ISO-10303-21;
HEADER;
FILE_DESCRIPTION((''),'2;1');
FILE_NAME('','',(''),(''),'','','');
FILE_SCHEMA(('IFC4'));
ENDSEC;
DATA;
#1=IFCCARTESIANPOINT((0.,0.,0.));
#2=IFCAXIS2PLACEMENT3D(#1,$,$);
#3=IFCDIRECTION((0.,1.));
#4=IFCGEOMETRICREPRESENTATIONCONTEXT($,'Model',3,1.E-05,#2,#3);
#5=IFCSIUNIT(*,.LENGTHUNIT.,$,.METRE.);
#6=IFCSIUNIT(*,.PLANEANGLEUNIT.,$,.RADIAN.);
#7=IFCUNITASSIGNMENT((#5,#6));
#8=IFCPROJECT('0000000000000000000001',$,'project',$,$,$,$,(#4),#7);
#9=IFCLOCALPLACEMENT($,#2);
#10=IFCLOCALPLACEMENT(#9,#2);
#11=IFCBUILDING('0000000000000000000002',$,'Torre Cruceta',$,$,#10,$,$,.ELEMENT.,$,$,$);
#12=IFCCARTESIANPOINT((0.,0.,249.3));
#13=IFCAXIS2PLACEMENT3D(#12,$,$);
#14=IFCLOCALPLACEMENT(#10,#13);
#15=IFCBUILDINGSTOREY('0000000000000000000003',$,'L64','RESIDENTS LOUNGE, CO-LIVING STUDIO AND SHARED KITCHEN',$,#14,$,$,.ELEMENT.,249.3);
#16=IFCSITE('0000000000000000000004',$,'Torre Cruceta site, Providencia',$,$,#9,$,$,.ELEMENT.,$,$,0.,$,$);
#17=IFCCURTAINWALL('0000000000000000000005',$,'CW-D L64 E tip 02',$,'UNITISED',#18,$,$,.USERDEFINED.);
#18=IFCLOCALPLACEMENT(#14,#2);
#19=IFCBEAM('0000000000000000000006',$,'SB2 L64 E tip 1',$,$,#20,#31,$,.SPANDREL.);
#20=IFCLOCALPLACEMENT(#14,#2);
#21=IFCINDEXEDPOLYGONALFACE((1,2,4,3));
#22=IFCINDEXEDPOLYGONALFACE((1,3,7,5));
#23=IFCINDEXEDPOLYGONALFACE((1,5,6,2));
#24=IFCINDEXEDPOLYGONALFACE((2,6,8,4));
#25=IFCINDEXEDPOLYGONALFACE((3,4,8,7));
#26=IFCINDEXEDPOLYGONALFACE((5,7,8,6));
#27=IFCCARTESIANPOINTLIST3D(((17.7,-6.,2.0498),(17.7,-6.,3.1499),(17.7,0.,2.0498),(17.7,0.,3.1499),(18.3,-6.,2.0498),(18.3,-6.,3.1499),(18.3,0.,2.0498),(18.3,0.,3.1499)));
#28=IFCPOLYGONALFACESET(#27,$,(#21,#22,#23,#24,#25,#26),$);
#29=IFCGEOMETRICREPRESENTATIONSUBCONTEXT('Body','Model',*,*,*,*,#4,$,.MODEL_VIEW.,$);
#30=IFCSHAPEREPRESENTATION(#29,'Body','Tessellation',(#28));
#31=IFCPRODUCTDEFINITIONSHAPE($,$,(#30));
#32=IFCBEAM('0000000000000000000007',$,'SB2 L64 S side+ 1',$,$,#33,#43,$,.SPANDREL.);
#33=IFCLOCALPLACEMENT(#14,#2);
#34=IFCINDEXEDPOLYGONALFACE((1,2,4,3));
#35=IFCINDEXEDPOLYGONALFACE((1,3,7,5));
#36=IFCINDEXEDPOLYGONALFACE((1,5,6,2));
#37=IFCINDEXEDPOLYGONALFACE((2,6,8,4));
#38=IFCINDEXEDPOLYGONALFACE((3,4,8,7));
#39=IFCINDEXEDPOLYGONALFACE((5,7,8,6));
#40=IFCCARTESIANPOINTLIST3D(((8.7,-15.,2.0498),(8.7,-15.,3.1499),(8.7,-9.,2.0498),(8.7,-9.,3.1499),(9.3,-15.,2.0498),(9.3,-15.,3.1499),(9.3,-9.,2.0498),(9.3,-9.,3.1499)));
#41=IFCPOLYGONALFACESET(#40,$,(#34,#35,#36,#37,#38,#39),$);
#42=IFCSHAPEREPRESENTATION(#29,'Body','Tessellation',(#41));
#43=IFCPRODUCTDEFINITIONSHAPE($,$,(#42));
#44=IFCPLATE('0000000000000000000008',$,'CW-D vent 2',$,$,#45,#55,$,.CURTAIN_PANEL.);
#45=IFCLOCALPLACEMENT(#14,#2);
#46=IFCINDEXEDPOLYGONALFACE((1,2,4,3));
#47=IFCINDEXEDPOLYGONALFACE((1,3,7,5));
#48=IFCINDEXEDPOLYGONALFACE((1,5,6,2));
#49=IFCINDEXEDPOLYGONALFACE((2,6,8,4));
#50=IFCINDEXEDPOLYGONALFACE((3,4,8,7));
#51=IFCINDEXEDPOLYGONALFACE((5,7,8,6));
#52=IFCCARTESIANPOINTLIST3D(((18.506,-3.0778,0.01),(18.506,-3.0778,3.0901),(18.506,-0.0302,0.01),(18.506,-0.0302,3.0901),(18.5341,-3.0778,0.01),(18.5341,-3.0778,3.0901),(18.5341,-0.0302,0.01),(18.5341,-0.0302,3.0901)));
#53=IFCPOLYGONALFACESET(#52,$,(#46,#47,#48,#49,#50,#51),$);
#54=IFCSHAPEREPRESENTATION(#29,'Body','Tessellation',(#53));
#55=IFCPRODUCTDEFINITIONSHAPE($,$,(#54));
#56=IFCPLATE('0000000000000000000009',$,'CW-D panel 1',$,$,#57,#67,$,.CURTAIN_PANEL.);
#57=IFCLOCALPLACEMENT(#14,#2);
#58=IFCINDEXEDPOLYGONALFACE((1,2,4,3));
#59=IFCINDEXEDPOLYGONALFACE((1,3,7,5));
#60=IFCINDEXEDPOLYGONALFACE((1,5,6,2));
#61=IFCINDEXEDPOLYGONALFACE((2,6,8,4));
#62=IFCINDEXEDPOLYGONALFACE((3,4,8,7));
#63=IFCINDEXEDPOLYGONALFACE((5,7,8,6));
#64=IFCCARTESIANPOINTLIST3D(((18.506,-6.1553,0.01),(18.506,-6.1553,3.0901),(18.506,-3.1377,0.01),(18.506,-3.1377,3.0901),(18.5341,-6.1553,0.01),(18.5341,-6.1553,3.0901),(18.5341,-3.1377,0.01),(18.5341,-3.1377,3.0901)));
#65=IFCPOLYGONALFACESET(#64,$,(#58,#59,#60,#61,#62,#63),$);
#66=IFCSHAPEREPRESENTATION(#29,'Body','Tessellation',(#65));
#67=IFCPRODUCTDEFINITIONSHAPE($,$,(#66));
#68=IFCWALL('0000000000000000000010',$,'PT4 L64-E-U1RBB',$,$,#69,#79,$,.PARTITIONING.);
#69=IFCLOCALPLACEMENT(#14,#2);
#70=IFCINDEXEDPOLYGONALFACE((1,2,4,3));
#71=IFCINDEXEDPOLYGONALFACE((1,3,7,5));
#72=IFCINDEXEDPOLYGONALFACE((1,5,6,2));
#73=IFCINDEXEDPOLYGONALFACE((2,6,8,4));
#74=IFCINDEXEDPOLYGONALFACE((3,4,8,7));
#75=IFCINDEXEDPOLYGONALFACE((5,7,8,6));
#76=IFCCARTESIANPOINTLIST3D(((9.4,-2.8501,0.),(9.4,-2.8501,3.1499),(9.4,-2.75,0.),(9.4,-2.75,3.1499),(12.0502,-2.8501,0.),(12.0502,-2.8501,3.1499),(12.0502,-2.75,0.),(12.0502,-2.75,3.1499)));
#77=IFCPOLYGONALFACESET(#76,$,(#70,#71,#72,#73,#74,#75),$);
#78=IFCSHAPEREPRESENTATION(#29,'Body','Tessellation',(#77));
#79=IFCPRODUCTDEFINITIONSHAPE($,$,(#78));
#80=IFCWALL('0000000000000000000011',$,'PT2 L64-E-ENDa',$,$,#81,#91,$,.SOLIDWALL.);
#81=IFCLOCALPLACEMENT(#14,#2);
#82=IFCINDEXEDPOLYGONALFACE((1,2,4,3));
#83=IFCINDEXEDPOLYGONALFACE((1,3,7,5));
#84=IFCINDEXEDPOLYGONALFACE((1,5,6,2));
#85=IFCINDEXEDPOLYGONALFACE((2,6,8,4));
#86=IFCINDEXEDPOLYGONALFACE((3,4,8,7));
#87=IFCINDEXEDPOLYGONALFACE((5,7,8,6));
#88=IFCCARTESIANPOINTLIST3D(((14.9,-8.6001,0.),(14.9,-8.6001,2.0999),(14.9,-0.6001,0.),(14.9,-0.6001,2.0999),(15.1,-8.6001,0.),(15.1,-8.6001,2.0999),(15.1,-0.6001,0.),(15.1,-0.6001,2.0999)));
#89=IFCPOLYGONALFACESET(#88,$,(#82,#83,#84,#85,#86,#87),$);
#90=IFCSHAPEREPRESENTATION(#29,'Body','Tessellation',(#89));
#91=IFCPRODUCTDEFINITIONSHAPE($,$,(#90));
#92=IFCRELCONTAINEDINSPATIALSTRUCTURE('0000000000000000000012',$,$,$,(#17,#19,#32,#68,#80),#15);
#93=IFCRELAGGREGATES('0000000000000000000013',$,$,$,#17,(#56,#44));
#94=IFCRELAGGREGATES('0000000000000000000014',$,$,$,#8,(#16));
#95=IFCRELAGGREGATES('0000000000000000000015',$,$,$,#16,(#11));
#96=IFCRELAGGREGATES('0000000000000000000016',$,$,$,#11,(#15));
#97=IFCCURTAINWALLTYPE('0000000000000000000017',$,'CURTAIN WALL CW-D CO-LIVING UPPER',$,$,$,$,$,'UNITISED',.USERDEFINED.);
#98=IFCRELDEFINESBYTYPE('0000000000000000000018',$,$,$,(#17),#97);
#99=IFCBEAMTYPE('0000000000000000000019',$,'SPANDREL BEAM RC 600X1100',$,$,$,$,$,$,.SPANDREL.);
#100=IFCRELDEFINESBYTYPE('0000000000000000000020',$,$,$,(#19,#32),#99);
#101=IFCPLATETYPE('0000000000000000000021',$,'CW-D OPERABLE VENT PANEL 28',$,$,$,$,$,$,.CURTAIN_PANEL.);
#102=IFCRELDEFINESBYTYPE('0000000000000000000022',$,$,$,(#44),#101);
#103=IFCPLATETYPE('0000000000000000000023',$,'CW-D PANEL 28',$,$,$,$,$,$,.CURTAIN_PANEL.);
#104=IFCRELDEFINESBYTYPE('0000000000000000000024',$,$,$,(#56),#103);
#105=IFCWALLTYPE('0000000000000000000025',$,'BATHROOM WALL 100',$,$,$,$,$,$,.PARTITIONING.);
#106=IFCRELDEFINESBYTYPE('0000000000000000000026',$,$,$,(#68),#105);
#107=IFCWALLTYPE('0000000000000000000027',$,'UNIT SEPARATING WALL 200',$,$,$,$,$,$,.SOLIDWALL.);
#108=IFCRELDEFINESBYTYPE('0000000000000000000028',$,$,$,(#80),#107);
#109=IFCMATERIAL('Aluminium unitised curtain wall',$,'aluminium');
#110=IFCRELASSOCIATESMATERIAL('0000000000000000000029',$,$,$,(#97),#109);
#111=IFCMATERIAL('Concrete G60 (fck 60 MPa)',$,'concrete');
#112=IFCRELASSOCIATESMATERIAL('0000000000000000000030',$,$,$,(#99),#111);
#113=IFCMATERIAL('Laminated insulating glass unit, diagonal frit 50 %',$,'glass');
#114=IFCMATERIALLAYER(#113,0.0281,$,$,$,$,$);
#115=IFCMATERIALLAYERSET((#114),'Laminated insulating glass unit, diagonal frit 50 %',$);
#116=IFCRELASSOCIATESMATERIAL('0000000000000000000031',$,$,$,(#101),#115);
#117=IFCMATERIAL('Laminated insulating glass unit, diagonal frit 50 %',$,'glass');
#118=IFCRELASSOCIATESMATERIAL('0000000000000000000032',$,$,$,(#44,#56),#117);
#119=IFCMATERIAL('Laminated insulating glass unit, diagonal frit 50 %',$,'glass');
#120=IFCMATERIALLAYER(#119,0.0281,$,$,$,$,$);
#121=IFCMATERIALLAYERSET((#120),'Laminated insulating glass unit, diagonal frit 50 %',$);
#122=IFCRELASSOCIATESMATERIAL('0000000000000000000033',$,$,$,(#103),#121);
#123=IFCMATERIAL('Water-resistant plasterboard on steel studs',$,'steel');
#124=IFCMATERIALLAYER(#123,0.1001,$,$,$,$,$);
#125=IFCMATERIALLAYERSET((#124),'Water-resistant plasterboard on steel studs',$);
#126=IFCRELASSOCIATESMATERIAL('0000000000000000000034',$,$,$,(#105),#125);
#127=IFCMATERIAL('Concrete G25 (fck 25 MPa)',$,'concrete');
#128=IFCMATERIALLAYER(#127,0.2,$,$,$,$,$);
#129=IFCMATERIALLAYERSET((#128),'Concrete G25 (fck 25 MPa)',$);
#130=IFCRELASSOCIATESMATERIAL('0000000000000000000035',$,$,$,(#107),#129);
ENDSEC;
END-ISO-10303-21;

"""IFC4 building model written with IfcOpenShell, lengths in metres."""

from ifc_helpers import new_model, si_unit, direction, frame, frame_2d, origin, origin_2d, place, context, subcontext, project, spatial, rectangle, extrude, material, layer, layer_set, material_profile, profile_set, type_object, element, aggregate, save


model = new_model("IFC4")

# Units and contexts
model_context = context("Model", 3, precision=1e-05, world=origin(), true_north=direction((0.0, 1.0)))
body_context = subcontext(model_context, "Body", "Model", "MODEL_VIEW")
ifc_project = project(units=[si_unit("LENGTHUNIT", "METRE"), si_unit("PLANEANGLEUNIT", "RADIAN")], contexts=[model_context])

# Site, building, storey
site_placement = place(None, origin())
site = spatial("IfcSite", under=ifc_project, at=site_placement, Name="Torre Cruceta site, Providencia", CompositionType="ELEMENT", RefElevation=0.0)
building_placement = place(site_placement, origin())
building = spatial("IfcBuilding", under=site, at=building_placement, Name="Torre Cruceta", CompositionType="ELEMENT")
storey_placement = place(building_placement, frame((0.0, 0.0, 249.3)))
storey = spatial("IfcBuildingStorey", under=building, at=storey_placement, Name="L64", Description="RESIDENTS LOUNGE, CO-LIVING STUDIO AND SHARED KITCHEN", CompositionType="ELEMENT", Elevation=249.3)

# Curtain wall
ifc_material_1 = material(Name="Aluminium unitised curtain wall", Category="aluminium")
curtain_wall_type = type_object("IfcCurtainWallType", Name="CURTAIN WALL CW-D CO-LIVING UPPER", ElementType="UNITISED", PredefinedType="USERDEFINED", material=ifc_material_1)
curtain_wall_placement = place(storey_placement, origin())
curtain_wall = element("IfcCurtainWall", 1, at=curtain_wall_placement, inside=storey, type_object=curtain_wall_type, Name="CW-D L64 E tip 02", ObjectType="UNITISED", PredefinedType="USERDEFINED")

# Beams
ifc_material_2 = material(Name="Concrete G60 (fck 60 MPa)", Category="concrete")
ifc_material_profile_1 = material_profile(ifc_material_2, rectangle(XDim=0.6001, YDim=1.1001, at=origin_2d()), Name="RC 600X1100")
ifc_profile_set_1 = profile_set([ifc_material_profile_1], Name="Concrete G60 (fck 60 MPa)")
beam_type_1 = type_object("IfcBeamType", Name="SPANDREL BEAM RC 600X1100", PredefinedType="SPANDREL", material=ifc_profile_set_1)
for number, where, z_axis, x_axis, name in (
    (2, (18.0, -6.0, 2.5999), (0.0, 1.0, 0.0), (-1.0, 0.0, 0.0), "SB2 L64 E tip 1"),
    (3, (9.0, -9.0, 2.5999), (0.0, -1.0, 0.0), (1.0, 0.0, 0.0), "SB2 L64 S side+ 1"),
):
    element("IfcBeam", number, at=place(storey_placement, frame(where, z_axis=z_axis, x_axis=x_axis)), inside=storey, type_object=beam_type_1, Name=name, PredefinedType="SPANDREL", context=body_context, shape_type="SweptSolid", body=[
        extrude(rectangle(XDim=0.6001, YDim=1.1001, at=origin_2d()), origin(), (0.0, 0.0, 1.0), 6.0),
    ])

# Plates
ifc_material_3 = material(Name="Laminated insulating glass unit, diagonal frit 50 %", Category="glass")
ifc_material_4 = material(Name="Laminated insulating glass unit, diagonal frit 50 %", Category="glass")
ifc_layer_1 = layer(ifc_material_4, 0.0281)
ifc_layer_set_1 = layer_set([ifc_layer_1], Name="Laminated insulating glass unit, diagonal frit 50 %")
plate_type_1 = type_object("IfcPlateType", Name="CW-D OPERABLE VENT PANEL 28", PredefinedType="CURTAIN_PANEL", material=ifc_layer_set_1)
plate_1_placement = place(storey_placement, frame((18.52, -1.554, 0.01), z_axis=(0.0, 0.0, 1.0), x_axis=(0.0, 1.0, 0.0)))
plate_1 = element("IfcPlate", 4, at=plate_1_placement, type_object=plate_type_1, material=ifc_material_3, Name="CW-D vent 2", PredefinedType="CURTAIN_PANEL", context=body_context, shape_type="SweptSolid", body=[
    extrude(rectangle(XDim=3.0476, YDim=0.0281, at=origin_2d()), origin(), (0.0, 0.0, 1.0), 3.0801),
])
ifc_material_5 = material(Name="Laminated insulating glass unit, diagonal frit 50 %", Category="glass")
ifc_layer_2 = layer(ifc_material_5, 0.0281)
ifc_layer_set_2 = layer_set([ifc_layer_2], Name="Laminated insulating glass unit, diagonal frit 50 %")
plate_type_2 = type_object("IfcPlateType", Name="CW-D PANEL 28", PredefinedType="CURTAIN_PANEL", material=ifc_layer_set_2)
plate_2_placement = place(storey_placement, frame((18.52, -4.6465, 0.01), z_axis=(0.0, 0.0, 1.0), x_axis=(0.0, 1.0, 0.0)))
plate_2 = element("IfcPlate", 5, at=plate_2_placement, type_object=plate_type_2, material=ifc_material_3, Name="CW-D panel 1", PredefinedType="CURTAIN_PANEL", context=body_context, shape_type="SweptSolid", body=[
    extrude(rectangle(XDim=3.0176, YDim=0.0281, at=origin_2d()), origin(), (0.0, 0.0, 1.0), 3.0801),
])
aggregate(curtain_wall, [plate_2, plate_1])

# Walls
ifc_material_6 = material(Name="Water-resistant plasterboard on steel studs", Category="steel")
ifc_layer_3 = layer(ifc_material_6, 0.1001)
ifc_layer_set_3 = layer_set([ifc_layer_3], Name="Water-resistant plasterboard on steel studs")
wall_type_1 = type_object("IfcWallType", Name="BATHROOM WALL 100", PredefinedType="PARTITIONING", material=ifc_layer_set_3)
wall_1_placement = place(storey_placement, frame((9.3999, -2.8, 0.0), z_axis=(0.0, 0.0, 1.0), x_axis=(1.0, 0.0, 0.0)))
element("IfcWall", 6, at=wall_1_placement, inside=storey, type_object=wall_type_1, Name="PT4 L64-E-U1RBB", PredefinedType="PARTITIONING", context=body_context, shape_type="SweptSolid", body=[
    extrude(rectangle(XDim=2.6501, YDim=0.1001, at=frame_2d((1.3252, 0.0))), origin(), (0.0, 0.0, 1.0), 3.1499),
])
ifc_material_7 = material(Name="Concrete G25 (fck 25 MPa)", Category="concrete")
ifc_layer_4 = layer(ifc_material_7, 0.2)
ifc_layer_set_4 = layer_set([ifc_layer_4], Name="Concrete G25 (fck 25 MPa)")
wall_type_2 = type_object("IfcWallType", Name="UNIT SEPARATING WALL 200", PredefinedType="SOLIDWALL", material=ifc_layer_set_4)
wall_2_placement = place(storey_placement, frame((15.0, -8.6001, 0.0), z_axis=(0.0, 0.0, 1.0), x_axis=(0.0, 1.0, 0.0)))
element("IfcWall", 7, at=wall_2_placement, inside=storey, type_object=wall_type_2, Name="PT2 L64-E-ENDa", PredefinedType="SOLIDWALL", context=body_context, shape_type="SweptSolid", body=[
    extrude(rectangle(XDim=8.0, YDim=0.2, at=frame_2d((4.0, 0.0))), origin(), (0.0, 0.0, 1.0), 2.0999),
])

save(model, "model.ifc")
